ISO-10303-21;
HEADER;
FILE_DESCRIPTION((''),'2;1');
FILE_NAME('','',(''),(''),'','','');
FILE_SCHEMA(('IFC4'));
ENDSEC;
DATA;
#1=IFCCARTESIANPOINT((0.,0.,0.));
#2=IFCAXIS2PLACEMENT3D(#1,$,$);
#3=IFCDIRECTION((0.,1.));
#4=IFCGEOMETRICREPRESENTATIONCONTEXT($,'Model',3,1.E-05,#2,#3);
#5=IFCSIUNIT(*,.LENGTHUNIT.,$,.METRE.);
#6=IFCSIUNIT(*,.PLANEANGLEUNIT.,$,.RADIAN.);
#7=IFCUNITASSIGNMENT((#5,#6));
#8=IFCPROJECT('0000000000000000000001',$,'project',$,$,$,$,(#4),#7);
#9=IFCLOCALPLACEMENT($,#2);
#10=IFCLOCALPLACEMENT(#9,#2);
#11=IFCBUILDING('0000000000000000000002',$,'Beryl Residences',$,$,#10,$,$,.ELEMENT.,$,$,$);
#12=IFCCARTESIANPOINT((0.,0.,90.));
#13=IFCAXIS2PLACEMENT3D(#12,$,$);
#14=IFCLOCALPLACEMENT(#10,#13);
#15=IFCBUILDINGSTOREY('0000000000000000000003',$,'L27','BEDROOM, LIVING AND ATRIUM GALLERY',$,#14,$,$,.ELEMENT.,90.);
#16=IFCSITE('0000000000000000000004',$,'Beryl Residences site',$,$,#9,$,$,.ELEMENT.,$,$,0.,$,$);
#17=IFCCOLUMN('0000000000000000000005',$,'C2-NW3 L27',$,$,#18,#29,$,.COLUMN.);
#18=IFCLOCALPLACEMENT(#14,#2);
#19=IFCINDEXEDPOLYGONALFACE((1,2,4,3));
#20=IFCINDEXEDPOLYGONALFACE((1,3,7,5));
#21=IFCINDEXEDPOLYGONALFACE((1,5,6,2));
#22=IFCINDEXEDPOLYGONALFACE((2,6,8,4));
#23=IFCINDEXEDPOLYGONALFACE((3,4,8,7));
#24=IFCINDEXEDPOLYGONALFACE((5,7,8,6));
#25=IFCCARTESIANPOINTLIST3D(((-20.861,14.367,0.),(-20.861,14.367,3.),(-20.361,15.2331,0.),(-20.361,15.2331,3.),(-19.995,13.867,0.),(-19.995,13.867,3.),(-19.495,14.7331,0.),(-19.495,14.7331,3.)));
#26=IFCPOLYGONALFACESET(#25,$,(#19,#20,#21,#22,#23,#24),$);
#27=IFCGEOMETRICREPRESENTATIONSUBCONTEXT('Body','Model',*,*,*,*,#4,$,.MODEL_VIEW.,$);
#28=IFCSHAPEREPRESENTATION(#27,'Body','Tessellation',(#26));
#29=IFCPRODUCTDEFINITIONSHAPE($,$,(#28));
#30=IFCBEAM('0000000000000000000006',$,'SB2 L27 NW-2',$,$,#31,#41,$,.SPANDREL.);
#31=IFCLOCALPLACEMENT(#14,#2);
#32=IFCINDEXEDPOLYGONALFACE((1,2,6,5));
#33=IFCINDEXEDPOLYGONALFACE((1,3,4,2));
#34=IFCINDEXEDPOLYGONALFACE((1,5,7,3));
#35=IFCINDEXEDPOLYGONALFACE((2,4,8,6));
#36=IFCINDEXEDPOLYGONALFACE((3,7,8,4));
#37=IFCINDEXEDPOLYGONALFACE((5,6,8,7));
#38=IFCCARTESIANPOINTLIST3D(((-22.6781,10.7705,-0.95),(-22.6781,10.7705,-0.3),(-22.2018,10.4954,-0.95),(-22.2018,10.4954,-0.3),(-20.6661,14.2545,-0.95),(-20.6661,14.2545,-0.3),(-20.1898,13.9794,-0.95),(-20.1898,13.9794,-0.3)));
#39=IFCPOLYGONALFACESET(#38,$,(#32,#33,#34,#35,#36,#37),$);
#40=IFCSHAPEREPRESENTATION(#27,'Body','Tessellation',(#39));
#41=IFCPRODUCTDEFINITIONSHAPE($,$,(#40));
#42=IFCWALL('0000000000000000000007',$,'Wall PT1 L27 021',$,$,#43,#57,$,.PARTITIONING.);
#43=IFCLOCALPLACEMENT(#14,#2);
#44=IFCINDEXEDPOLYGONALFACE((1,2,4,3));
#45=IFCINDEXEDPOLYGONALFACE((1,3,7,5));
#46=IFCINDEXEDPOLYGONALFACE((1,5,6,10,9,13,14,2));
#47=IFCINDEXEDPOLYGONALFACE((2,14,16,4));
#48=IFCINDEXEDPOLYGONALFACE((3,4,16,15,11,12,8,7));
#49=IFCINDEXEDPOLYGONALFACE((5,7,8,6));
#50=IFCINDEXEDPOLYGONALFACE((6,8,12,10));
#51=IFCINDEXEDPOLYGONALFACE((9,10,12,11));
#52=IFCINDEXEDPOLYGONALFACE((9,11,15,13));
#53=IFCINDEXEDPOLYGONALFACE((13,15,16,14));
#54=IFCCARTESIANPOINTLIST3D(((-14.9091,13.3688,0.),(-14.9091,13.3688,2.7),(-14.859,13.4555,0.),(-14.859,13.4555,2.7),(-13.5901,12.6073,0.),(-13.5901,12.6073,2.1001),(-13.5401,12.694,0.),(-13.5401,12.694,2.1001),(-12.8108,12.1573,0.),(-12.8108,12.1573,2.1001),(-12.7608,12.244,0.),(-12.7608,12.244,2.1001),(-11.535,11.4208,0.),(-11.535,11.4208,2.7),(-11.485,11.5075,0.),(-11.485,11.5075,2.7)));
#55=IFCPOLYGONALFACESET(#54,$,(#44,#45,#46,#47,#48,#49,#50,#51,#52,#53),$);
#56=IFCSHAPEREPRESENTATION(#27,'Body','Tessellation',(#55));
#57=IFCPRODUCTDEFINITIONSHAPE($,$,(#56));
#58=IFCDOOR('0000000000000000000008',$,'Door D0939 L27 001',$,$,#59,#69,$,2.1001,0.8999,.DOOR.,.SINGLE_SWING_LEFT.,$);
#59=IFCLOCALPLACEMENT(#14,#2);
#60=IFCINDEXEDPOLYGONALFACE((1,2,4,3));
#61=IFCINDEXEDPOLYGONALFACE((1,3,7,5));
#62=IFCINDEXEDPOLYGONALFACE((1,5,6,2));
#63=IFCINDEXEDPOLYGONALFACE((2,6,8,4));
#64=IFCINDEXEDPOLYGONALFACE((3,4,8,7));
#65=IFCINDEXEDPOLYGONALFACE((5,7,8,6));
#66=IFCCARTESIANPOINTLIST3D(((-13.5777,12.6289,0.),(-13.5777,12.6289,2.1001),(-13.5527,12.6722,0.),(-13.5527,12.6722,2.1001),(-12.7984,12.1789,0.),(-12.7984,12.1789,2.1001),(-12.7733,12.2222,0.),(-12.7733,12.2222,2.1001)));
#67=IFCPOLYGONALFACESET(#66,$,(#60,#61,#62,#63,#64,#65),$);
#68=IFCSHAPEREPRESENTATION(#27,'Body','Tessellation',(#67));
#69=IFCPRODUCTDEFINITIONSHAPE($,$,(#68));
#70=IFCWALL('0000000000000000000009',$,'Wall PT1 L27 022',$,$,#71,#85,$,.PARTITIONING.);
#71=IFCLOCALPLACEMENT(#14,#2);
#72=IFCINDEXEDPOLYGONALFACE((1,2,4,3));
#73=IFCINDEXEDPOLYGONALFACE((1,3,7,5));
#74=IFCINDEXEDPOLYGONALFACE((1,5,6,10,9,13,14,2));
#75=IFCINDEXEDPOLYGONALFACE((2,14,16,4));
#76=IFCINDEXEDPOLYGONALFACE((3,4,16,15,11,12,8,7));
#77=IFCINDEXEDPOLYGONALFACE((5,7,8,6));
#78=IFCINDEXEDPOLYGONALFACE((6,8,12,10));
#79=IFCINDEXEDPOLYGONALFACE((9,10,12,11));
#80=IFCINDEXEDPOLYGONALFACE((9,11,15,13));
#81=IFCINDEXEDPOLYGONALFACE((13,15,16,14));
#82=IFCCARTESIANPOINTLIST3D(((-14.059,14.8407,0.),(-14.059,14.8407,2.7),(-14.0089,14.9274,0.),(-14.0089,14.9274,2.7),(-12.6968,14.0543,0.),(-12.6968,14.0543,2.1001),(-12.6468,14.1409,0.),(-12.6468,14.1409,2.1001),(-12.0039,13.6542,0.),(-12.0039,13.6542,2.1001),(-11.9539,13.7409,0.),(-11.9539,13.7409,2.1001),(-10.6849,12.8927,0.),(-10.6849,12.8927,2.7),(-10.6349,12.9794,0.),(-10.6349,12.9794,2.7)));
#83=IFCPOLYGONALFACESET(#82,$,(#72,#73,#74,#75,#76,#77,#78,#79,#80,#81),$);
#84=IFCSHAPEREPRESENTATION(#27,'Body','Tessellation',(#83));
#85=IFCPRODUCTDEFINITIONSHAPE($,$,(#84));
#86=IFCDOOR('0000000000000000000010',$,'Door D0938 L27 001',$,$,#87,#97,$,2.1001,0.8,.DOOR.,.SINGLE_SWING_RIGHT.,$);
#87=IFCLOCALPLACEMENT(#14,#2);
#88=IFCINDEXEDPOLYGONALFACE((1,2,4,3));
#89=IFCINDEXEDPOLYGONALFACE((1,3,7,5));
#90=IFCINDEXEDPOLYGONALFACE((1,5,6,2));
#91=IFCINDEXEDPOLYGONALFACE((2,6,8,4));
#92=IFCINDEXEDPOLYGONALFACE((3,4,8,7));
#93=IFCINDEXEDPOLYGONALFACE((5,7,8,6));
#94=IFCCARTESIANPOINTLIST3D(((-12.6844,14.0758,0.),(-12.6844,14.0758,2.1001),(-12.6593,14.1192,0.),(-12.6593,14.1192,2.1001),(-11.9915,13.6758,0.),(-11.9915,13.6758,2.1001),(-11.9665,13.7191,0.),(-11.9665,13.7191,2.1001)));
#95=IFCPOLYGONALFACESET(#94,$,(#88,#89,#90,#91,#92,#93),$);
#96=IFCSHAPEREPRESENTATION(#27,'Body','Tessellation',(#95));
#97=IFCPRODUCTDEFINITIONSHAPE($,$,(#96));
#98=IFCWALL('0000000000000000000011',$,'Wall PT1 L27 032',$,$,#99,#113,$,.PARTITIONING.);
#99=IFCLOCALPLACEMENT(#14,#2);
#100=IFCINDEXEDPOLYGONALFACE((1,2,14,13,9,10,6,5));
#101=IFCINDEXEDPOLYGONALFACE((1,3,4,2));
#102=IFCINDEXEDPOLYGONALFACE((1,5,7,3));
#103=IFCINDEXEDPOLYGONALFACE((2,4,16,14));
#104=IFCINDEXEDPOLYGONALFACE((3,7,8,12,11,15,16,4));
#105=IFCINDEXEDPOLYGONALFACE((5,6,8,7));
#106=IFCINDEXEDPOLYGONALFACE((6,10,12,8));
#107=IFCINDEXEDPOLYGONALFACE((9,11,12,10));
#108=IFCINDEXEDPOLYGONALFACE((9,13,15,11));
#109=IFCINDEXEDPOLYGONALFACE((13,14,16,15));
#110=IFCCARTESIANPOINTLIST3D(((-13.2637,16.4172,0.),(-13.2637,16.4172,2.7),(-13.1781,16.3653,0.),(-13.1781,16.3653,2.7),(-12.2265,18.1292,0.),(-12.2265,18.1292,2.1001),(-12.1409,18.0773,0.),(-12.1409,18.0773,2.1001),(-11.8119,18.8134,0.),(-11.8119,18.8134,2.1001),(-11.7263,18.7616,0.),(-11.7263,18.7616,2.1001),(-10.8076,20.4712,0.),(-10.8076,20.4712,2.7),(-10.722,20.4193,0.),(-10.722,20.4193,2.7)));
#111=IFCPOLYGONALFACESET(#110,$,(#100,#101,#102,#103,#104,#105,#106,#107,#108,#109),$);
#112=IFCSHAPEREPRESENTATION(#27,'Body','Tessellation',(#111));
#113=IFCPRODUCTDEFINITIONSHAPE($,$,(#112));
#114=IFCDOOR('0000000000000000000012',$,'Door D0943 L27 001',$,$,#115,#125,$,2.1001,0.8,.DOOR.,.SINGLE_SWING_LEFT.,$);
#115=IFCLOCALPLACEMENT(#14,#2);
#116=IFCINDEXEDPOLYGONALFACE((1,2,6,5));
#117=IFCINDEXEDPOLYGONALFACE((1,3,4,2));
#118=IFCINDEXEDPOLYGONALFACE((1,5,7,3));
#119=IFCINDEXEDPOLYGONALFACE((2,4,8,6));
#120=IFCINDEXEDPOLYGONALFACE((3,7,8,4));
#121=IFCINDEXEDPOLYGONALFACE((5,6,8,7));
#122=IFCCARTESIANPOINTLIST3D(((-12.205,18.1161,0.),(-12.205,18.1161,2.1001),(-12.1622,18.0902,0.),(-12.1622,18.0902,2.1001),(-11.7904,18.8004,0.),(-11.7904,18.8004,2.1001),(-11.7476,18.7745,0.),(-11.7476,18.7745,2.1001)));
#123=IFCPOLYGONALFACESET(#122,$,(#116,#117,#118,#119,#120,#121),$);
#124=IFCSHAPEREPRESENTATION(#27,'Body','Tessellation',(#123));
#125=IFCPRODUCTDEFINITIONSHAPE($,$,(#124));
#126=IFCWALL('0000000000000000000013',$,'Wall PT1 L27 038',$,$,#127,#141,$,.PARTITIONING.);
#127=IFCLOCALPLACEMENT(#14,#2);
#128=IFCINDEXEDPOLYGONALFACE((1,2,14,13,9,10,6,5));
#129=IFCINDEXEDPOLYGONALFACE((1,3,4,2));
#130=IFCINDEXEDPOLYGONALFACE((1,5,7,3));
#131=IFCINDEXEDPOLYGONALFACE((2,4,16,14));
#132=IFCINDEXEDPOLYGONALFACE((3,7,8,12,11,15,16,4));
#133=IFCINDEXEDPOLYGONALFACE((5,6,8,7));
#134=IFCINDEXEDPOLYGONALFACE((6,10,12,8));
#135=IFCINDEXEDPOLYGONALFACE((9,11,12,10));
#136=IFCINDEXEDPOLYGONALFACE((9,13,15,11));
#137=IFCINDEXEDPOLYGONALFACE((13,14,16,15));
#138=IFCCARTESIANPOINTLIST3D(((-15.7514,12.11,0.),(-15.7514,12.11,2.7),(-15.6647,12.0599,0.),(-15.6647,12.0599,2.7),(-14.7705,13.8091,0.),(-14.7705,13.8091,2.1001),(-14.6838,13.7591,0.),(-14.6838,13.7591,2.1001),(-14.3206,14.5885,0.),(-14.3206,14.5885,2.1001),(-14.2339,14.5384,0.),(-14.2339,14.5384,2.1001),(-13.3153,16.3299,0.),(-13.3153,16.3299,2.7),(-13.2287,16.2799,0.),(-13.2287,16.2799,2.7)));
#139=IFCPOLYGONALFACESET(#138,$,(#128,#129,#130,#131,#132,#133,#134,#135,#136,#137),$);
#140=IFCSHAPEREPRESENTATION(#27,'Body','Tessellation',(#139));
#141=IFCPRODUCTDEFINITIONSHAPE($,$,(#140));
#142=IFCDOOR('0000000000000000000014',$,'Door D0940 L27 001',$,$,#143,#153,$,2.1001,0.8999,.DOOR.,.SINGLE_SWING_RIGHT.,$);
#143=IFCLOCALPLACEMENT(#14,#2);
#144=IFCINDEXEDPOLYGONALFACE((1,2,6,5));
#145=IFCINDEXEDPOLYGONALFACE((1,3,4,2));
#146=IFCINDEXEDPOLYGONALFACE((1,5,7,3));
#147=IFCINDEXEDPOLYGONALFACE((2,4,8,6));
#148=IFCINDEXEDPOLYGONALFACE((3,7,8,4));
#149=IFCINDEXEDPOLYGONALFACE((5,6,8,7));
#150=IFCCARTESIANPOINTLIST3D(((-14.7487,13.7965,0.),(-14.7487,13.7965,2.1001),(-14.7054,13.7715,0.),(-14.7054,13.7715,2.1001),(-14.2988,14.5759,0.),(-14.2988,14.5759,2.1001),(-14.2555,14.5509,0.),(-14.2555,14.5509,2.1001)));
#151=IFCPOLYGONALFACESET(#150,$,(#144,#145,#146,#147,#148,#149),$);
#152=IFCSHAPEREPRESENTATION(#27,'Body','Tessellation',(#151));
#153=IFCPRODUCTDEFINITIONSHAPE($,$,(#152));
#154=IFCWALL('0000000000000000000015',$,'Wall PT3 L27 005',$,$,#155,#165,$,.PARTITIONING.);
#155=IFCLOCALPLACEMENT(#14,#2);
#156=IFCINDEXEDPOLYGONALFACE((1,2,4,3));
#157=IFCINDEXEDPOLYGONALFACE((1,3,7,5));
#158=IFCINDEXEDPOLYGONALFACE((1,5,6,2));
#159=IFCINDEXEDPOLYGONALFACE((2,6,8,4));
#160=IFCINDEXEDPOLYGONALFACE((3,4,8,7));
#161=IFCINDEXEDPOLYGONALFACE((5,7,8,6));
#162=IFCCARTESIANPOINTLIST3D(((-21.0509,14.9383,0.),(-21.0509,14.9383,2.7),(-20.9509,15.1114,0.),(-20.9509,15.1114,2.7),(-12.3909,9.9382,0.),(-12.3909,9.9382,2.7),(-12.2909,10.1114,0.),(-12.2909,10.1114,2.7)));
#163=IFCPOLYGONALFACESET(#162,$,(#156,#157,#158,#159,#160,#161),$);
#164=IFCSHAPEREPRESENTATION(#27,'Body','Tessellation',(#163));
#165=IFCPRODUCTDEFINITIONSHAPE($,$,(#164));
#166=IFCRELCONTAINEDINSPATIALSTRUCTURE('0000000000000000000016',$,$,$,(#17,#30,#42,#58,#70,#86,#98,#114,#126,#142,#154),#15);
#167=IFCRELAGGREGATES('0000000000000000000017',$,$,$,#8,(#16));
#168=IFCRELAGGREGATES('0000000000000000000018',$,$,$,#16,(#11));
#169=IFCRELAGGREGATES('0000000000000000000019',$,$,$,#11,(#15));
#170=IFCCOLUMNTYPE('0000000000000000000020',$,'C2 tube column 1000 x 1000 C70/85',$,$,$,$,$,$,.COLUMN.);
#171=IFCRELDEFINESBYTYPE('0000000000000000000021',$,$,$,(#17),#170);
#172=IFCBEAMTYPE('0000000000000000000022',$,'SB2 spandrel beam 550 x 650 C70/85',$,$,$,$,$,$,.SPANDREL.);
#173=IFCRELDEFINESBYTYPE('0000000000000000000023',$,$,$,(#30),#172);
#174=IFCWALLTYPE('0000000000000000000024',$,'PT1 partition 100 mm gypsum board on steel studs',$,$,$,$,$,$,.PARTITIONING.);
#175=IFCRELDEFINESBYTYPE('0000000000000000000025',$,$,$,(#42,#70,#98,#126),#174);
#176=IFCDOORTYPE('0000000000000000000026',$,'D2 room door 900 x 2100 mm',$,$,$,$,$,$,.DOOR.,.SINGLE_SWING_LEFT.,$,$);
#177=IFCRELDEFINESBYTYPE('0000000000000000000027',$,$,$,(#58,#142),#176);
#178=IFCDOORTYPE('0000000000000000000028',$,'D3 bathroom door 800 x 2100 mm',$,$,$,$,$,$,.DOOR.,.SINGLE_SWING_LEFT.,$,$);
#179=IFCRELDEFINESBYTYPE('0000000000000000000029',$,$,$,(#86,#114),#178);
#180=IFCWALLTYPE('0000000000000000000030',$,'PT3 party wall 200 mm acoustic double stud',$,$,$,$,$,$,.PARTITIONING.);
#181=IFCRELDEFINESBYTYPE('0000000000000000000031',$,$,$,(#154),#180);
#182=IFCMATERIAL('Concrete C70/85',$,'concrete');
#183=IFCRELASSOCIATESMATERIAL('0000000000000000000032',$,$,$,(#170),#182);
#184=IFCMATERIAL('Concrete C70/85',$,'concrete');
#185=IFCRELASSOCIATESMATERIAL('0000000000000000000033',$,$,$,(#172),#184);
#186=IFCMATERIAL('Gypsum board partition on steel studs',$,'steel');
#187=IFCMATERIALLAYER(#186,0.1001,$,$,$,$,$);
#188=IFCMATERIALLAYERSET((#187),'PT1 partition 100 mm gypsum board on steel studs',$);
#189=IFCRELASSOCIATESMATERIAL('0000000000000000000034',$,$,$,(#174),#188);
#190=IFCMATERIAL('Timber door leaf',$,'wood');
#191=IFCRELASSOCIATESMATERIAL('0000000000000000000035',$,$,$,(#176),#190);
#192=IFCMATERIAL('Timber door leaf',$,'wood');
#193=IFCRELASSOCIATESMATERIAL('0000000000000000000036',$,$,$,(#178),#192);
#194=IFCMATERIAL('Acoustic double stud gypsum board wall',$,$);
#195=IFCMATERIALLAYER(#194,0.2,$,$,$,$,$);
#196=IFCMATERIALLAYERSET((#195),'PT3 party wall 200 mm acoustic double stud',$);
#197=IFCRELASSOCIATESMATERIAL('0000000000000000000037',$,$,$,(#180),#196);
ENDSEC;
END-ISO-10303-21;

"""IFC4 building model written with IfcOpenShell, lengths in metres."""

from ifc_helpers import new_model, si_unit, direction, frame, frame_2d, origin, origin_2d, place, context, subcontext, project, spatial, rectangle, extrude, material, layer, layer_set, material_profile, profile_set, type_object, element, fill, save


model = new_model("IFC4")

# Units and contexts
model_context = context("Model", 3, precision=1e-05, world=origin(), true_north=direction((0.0, 1.0)))
body_context = subcontext(model_context, "Body", "Model", "MODEL_VIEW")
ifc_project = project(units=[si_unit("LENGTHUNIT", "METRE"), si_unit("PLANEANGLEUNIT", "RADIAN")], contexts=[model_context])

# Site, building, storey
site_placement = place(None, origin())
site = spatial("IfcSite", under=ifc_project, at=site_placement, Name="Beryl Residences site", CompositionType="ELEMENT", RefElevation=0.0)
building_placement = place(site_placement, origin())
building = spatial("IfcBuilding", under=site, at=building_placement, Name="Beryl Residences", CompositionType="ELEMENT")
storey_placement = place(building_placement, frame((0.0, 0.0, 90.0)))
storey = spatial("IfcBuildingStorey", under=building, at=storey_placement, Name="L27", Description="BEDROOM, LIVING AND ATRIUM GALLERY", CompositionType="ELEMENT", Elevation=90.0)

# Column
ifc_material_1 = material(Name="Concrete C70/85", Category="concrete")
ifc_material_profile_1 = material_profile(ifc_material_1, rectangle(XDim=1.0, YDim=1.0, at=origin_2d()))
ifc_profile_set_1 = profile_set([ifc_material_profile_1], Name="Concrete C70/85")
column_type = type_object("IfcColumnType", Name="C2 tube column 1000 x 1000 C70/85", PredefinedType="COLUMN", material=ifc_profile_set_1)
column_placement = place(storey_placement, frame((-20.178, 14.55, 0.0), z_axis=(0.0, 0.0, 1.0), x_axis=(-0.5, -0.866025, 0.0)))
element("IfcColumn", 1, at=column_placement, inside=storey, type_object=column_type, Name="C2-NW3 L27", PredefinedType="COLUMN", context=body_context, shape_type="SweptSolid", body=[
    extrude(rectangle(XDim=1.0, YDim=1.0, at=origin_2d()), origin(), (0.0, 0.0, 1.0), 3.0),
])

# Beam
ifc_material_2 = material(Name="Concrete C70/85", Category="concrete")
ifc_material_profile_2 = material_profile(ifc_material_2, rectangle(XDim=0.55, YDim=0.6499, at=origin_2d()))
ifc_profile_set_2 = profile_set([ifc_material_profile_2], Name="Concrete C70/85")
beam_type = type_object("IfcBeamType", Name="SB2 spandrel beam 550 x 650 C70/85", PredefinedType="SPANDREL", material=ifc_profile_set_2)
beam_placement = place(storey_placement, frame((-20.428, 14.1169, -0.625), z_axis=(-0.500101, -0.865967, 0.0), x_axis=(0.865967, -0.500101, 0.0)))
element("IfcBeam", 2, at=beam_placement, inside=storey, type_object=beam_type, Name="SB2 L27 NW-2", PredefinedType="SPANDREL", context=body_context, shape_type="SweptSolid", body=[
    extrude(rectangle(XDim=0.55, YDim=0.6499, at=origin_2d()), origin(), (0.0, 0.0, 1.0), 4.0232),
])

# Walls, openings, doors
ifc_material_3 = material(Name="Gypsum board partition on steel studs", Category="steel")
ifc_layer_1 = layer(ifc_material_3, 0.1001)
ifc_layer_set_1 = layer_set([ifc_layer_1], Name="PT1 partition 100 mm gypsum board on steel studs")
wall_type_1 = type_object("IfcWallType", Name="PT1 partition 100 mm gypsum board on steel studs", PredefinedType="PARTITIONING", material=ifc_layer_set_1)
wall_1_placement = place(storey_placement, frame((-14.884, 13.4121, 0.0), z_axis=(0.0, 0.0, 1.0), x_axis=(0.866025, -0.500001, 0.0)))
wall_1 = element("IfcWall", 3, at=wall_1_placement, inside=storey, type_object=wall_type_1, Name="Wall PT1 L27 021", PredefinedType="PARTITIONING", context=body_context, shape_type="SweptSolid", body=[
    extrude(rectangle(XDim=3.896, YDim=0.1001, at=frame_2d((1.948, 0.0))), origin(), (0.0, 0.0, 1.0), 2.7),
])
opening_1_placement = place(wall_1_placement, frame((1.5229, 0.0, 0.0)))
opening_1 = element("IfcOpeningElement", 4, at=opening_1_placement, cuts=wall_1, PredefinedType="OPENING", context=body_context, shape_type="SweptSolid", body=[
    extrude(rectangle(XDim=0.8999, YDim=2.1001, at=frame_2d((0.45, 1.05))), frame((0.0, 0.0601, 0.0), z_axis=(0.0, -1.0, 0.0), x_axis=(1.0, 0.0, 0.0)), (0.0, 0.0, 1.0), 0.1201),
])
ifc_material_4 = material(Name="Timber door leaf", Category="wood")
door_type_1 = type_object("IfcDoorType", Name="D2 room door 900 x 2100 mm", OperationType="SINGLE_SWING_LEFT", PredefinedType="DOOR", material=ifc_material_4)
door_1_placement = place(opening_1_placement, origin())
door_1 = element("IfcDoor", 5, at=door_1_placement, inside=storey, type_object=door_type_1, Name="Door D0939 L27 001", OperationType="SINGLE_SWING_LEFT", OverallHeight=2.1001, OverallWidth=0.8999, PredefinedType="DOOR", context=body_context, shape_type="SweptSolid", body=[
    extrude(rectangle(XDim=0.8999, YDim=2.1001, at=frame_2d((0.45, 1.05))), frame((0.0, 0.0249, 0.0), z_axis=(0.0, -1.0, 0.0), x_axis=(1.0, 0.0, 0.0)), (0.0, 0.0, 1.0), 0.05),
])
fill(opening_1, door_1)
wall_2_placement = place(storey_placement, frame((-14.0339, 14.884, 0.0), z_axis=(0.0, 0.0, 1.0), x_axis=(0.866025, -0.500001, 0.0)))
wall_2 = element("IfcWall", 6, at=wall_2_placement, inside=storey, type_object=wall_type_1, Name="Wall PT1 L27 022", PredefinedType="PARTITIONING", context=body_context, shape_type="SweptSolid", body=[
    extrude(rectangle(XDim=3.896, YDim=0.1001, at=frame_2d((1.948, 0.0))), origin(), (0.0, 0.0, 1.0), 2.7),
])
opening_2_placement = place(wall_2_placement, frame((1.573, 0.0, 0.0)))
opening_2 = element("IfcOpeningElement", 7, at=opening_2_placement, cuts=wall_2, PredefinedType="OPENING", context=body_context, shape_type="SweptSolid", body=[
    extrude(rectangle(XDim=0.8, YDim=2.1001, at=frame_2d((0.3999, 1.05))), frame((0.0, 0.0601, 0.0), z_axis=(0.0, -1.0, 0.0), x_axis=(1.0, 0.0, 0.0)), (0.0, 0.0, 1.0), 0.1201),
])
ifc_material_5 = material(Name="Timber door leaf", Category="wood")
door_type_2 = type_object("IfcDoorType", Name="D3 bathroom door 800 x 2100 mm", OperationType="SINGLE_SWING_LEFT", PredefinedType="DOOR", material=ifc_material_5)
door_2_placement = place(opening_2_placement, origin())
door_2 = element("IfcDoor", 8, at=door_2_placement, inside=storey, type_object=door_type_2, Name="Door D0938 L27 001", OperationType="SINGLE_SWING_RIGHT", OverallHeight=2.1001, OverallWidth=0.8, PredefinedType="DOOR", context=body_context, shape_type="SweptSolid", body=[
    extrude(rectangle(XDim=0.8, YDim=2.1001, at=frame_2d((0.3999, 1.05))), frame((0.0, 0.0249, 0.0), z_axis=(0.0, -1.0, 0.0), x_axis=(1.0, 0.0, 0.0)), (0.0, 0.0, 1.0), 0.05),
])
fill(opening_2, door_2)
wall_3_placement = place(storey_placement, frame((-13.2209, 16.3911, 0.0), z_axis=(0.0, 0.0, 1.0), x_axis=(0.518165, 0.855281, 0.0)))
wall_3 = element("IfcWall", 9, at=wall_3_placement, inside=storey, type_object=wall_type_1, Name="Wall PT1 L27 032", PredefinedType="PARTITIONING", context=body_context, shape_type="SweptSolid", body=[
    extrude(rectangle(XDim=4.74, YDim=0.1001, at=frame_2d((2.3701, 0.0))), origin(), (0.0, 0.0, 1.0), 2.7),
])
opening_3_placement = place(wall_3_placement, frame((2.002, 0.0, 0.0)))
opening_3 = element("IfcOpeningElement", 10, at=opening_3_placement, cuts=wall_3, PredefinedType="OPENING", context=body_context, shape_type="SweptSolid", body=[
    extrude(rectangle(XDim=0.8, YDim=2.1001, at=frame_2d((0.3999, 1.05))), frame((0.0, 0.0601, 0.0), z_axis=(0.0, -1.0, 0.0), x_axis=(1.0, 0.0, 0.0)), (0.0, 0.0, 1.0), 0.1201),
])
door_3_placement = place(opening_3_placement, origin())
door_3 = element("IfcDoor", 11, at=door_3_placement, inside=storey, type_object=door_type_2, Name="Door D0943 L27 001", OperationType="SINGLE_SWING_LEFT", OverallHeight=2.1001, OverallWidth=0.8, PredefinedType="DOOR", context=body_context, shape_type="SweptSolid", body=[
    extrude(rectangle(XDim=0.8, YDim=2.1001, at=frame_2d((0.3999, 1.05))), frame((0.0, 0.0249, 0.0), z_axis=(0.0, -1.0, 0.0), x_axis=(1.0, 0.0, 0.0)), (0.0, 0.0, 1.0), 0.05),
])
fill(opening_3, door_3)
wall_4_placement = place(storey_placement, frame((-15.708, 12.085, 0.0), z_axis=(0.0, 0.0, 1.0), x_axis=(0.499944, 0.866058, 0.0)))
wall_4 = element("IfcWall", 12, at=wall_4_placement, inside=storey, type_object=wall_type_1, Name="Wall PT1 L27 038", PredefinedType="PARTITIONING", context=body_context, shape_type="SweptSolid", body=[
    extrude(rectangle(XDim=4.8726, YDim=0.1001, at=frame_2d((2.4363, 0.0))), origin(), (0.0, 0.0, 1.0), 2.7),
])
opening_4_placement = place(wall_4_placement, frame((1.9619, 0.0, 0.0)))
opening_4 = element("IfcOpeningElement", 13, at=opening_4_placement, cuts=wall_4, PredefinedType="OPENING", context=body_context, shape_type="SweptSolid", body=[
    extrude(rectangle(XDim=0.8999, YDim=2.1001, at=frame_2d((0.45, 1.05))), frame((0.0, 0.0601, 0.0), z_axis=(0.0, -1.0, 0.0), x_axis=(1.0, 0.0, 0.0)), (0.0, 0.0, 1.0), 0.1201),
])
door_4_placement = place(opening_4_placement, origin())
door_4 = element("IfcDoor", 14, at=door_4_placement, inside=storey, type_object=door_type_1, Name="Door D0940 L27 001", OperationType="SINGLE_SWING_RIGHT", OverallHeight=2.1001, OverallWidth=0.8999, PredefinedType="DOOR", context=body_context, shape_type="SweptSolid", body=[
    extrude(rectangle(XDim=0.8999, YDim=2.1001, at=frame_2d((0.45, 1.05))), frame((0.0, 0.0249, 0.0), z_axis=(0.0, -1.0, 0.0), x_axis=(1.0, 0.0, 0.0)), (0.0, 0.0, 1.0), 0.05),
])
fill(opening_4, door_4)

# Wall
ifc_material_6 = material(Name="Acoustic double stud gypsum board wall")
ifc_layer_2 = layer(ifc_material_6, 0.2)
ifc_layer_set_2 = layer_set([ifc_layer_2], Name="PT3 party wall 200 mm acoustic double stud")
wall_type_2 = type_object("IfcWallType", Name="PT3 party wall 200 mm acoustic double stud", PredefinedType="PARTITIONING", material=ifc_layer_set_2)
wall_5_placement = place(storey_placement, frame((-21.001, 15.0249, 0.0), z_axis=(0.0, 0.0, 1.0), x_axis=(0.866017, -0.500015, 0.0)))
element("IfcWall", 15, at=wall_5_placement, inside=storey, type_object=wall_type_2, Name="Wall PT3 L27 005", PredefinedType="PARTITIONING", context=body_context, shape_type="SweptSolid", body=[
    extrude(rectangle(XDim=9.9998, YDim=0.2, at=frame_2d((5.0, 0.0))), origin(), (0.0, 0.0, 1.0), 2.7),
])

save(model, "model.ifc")
